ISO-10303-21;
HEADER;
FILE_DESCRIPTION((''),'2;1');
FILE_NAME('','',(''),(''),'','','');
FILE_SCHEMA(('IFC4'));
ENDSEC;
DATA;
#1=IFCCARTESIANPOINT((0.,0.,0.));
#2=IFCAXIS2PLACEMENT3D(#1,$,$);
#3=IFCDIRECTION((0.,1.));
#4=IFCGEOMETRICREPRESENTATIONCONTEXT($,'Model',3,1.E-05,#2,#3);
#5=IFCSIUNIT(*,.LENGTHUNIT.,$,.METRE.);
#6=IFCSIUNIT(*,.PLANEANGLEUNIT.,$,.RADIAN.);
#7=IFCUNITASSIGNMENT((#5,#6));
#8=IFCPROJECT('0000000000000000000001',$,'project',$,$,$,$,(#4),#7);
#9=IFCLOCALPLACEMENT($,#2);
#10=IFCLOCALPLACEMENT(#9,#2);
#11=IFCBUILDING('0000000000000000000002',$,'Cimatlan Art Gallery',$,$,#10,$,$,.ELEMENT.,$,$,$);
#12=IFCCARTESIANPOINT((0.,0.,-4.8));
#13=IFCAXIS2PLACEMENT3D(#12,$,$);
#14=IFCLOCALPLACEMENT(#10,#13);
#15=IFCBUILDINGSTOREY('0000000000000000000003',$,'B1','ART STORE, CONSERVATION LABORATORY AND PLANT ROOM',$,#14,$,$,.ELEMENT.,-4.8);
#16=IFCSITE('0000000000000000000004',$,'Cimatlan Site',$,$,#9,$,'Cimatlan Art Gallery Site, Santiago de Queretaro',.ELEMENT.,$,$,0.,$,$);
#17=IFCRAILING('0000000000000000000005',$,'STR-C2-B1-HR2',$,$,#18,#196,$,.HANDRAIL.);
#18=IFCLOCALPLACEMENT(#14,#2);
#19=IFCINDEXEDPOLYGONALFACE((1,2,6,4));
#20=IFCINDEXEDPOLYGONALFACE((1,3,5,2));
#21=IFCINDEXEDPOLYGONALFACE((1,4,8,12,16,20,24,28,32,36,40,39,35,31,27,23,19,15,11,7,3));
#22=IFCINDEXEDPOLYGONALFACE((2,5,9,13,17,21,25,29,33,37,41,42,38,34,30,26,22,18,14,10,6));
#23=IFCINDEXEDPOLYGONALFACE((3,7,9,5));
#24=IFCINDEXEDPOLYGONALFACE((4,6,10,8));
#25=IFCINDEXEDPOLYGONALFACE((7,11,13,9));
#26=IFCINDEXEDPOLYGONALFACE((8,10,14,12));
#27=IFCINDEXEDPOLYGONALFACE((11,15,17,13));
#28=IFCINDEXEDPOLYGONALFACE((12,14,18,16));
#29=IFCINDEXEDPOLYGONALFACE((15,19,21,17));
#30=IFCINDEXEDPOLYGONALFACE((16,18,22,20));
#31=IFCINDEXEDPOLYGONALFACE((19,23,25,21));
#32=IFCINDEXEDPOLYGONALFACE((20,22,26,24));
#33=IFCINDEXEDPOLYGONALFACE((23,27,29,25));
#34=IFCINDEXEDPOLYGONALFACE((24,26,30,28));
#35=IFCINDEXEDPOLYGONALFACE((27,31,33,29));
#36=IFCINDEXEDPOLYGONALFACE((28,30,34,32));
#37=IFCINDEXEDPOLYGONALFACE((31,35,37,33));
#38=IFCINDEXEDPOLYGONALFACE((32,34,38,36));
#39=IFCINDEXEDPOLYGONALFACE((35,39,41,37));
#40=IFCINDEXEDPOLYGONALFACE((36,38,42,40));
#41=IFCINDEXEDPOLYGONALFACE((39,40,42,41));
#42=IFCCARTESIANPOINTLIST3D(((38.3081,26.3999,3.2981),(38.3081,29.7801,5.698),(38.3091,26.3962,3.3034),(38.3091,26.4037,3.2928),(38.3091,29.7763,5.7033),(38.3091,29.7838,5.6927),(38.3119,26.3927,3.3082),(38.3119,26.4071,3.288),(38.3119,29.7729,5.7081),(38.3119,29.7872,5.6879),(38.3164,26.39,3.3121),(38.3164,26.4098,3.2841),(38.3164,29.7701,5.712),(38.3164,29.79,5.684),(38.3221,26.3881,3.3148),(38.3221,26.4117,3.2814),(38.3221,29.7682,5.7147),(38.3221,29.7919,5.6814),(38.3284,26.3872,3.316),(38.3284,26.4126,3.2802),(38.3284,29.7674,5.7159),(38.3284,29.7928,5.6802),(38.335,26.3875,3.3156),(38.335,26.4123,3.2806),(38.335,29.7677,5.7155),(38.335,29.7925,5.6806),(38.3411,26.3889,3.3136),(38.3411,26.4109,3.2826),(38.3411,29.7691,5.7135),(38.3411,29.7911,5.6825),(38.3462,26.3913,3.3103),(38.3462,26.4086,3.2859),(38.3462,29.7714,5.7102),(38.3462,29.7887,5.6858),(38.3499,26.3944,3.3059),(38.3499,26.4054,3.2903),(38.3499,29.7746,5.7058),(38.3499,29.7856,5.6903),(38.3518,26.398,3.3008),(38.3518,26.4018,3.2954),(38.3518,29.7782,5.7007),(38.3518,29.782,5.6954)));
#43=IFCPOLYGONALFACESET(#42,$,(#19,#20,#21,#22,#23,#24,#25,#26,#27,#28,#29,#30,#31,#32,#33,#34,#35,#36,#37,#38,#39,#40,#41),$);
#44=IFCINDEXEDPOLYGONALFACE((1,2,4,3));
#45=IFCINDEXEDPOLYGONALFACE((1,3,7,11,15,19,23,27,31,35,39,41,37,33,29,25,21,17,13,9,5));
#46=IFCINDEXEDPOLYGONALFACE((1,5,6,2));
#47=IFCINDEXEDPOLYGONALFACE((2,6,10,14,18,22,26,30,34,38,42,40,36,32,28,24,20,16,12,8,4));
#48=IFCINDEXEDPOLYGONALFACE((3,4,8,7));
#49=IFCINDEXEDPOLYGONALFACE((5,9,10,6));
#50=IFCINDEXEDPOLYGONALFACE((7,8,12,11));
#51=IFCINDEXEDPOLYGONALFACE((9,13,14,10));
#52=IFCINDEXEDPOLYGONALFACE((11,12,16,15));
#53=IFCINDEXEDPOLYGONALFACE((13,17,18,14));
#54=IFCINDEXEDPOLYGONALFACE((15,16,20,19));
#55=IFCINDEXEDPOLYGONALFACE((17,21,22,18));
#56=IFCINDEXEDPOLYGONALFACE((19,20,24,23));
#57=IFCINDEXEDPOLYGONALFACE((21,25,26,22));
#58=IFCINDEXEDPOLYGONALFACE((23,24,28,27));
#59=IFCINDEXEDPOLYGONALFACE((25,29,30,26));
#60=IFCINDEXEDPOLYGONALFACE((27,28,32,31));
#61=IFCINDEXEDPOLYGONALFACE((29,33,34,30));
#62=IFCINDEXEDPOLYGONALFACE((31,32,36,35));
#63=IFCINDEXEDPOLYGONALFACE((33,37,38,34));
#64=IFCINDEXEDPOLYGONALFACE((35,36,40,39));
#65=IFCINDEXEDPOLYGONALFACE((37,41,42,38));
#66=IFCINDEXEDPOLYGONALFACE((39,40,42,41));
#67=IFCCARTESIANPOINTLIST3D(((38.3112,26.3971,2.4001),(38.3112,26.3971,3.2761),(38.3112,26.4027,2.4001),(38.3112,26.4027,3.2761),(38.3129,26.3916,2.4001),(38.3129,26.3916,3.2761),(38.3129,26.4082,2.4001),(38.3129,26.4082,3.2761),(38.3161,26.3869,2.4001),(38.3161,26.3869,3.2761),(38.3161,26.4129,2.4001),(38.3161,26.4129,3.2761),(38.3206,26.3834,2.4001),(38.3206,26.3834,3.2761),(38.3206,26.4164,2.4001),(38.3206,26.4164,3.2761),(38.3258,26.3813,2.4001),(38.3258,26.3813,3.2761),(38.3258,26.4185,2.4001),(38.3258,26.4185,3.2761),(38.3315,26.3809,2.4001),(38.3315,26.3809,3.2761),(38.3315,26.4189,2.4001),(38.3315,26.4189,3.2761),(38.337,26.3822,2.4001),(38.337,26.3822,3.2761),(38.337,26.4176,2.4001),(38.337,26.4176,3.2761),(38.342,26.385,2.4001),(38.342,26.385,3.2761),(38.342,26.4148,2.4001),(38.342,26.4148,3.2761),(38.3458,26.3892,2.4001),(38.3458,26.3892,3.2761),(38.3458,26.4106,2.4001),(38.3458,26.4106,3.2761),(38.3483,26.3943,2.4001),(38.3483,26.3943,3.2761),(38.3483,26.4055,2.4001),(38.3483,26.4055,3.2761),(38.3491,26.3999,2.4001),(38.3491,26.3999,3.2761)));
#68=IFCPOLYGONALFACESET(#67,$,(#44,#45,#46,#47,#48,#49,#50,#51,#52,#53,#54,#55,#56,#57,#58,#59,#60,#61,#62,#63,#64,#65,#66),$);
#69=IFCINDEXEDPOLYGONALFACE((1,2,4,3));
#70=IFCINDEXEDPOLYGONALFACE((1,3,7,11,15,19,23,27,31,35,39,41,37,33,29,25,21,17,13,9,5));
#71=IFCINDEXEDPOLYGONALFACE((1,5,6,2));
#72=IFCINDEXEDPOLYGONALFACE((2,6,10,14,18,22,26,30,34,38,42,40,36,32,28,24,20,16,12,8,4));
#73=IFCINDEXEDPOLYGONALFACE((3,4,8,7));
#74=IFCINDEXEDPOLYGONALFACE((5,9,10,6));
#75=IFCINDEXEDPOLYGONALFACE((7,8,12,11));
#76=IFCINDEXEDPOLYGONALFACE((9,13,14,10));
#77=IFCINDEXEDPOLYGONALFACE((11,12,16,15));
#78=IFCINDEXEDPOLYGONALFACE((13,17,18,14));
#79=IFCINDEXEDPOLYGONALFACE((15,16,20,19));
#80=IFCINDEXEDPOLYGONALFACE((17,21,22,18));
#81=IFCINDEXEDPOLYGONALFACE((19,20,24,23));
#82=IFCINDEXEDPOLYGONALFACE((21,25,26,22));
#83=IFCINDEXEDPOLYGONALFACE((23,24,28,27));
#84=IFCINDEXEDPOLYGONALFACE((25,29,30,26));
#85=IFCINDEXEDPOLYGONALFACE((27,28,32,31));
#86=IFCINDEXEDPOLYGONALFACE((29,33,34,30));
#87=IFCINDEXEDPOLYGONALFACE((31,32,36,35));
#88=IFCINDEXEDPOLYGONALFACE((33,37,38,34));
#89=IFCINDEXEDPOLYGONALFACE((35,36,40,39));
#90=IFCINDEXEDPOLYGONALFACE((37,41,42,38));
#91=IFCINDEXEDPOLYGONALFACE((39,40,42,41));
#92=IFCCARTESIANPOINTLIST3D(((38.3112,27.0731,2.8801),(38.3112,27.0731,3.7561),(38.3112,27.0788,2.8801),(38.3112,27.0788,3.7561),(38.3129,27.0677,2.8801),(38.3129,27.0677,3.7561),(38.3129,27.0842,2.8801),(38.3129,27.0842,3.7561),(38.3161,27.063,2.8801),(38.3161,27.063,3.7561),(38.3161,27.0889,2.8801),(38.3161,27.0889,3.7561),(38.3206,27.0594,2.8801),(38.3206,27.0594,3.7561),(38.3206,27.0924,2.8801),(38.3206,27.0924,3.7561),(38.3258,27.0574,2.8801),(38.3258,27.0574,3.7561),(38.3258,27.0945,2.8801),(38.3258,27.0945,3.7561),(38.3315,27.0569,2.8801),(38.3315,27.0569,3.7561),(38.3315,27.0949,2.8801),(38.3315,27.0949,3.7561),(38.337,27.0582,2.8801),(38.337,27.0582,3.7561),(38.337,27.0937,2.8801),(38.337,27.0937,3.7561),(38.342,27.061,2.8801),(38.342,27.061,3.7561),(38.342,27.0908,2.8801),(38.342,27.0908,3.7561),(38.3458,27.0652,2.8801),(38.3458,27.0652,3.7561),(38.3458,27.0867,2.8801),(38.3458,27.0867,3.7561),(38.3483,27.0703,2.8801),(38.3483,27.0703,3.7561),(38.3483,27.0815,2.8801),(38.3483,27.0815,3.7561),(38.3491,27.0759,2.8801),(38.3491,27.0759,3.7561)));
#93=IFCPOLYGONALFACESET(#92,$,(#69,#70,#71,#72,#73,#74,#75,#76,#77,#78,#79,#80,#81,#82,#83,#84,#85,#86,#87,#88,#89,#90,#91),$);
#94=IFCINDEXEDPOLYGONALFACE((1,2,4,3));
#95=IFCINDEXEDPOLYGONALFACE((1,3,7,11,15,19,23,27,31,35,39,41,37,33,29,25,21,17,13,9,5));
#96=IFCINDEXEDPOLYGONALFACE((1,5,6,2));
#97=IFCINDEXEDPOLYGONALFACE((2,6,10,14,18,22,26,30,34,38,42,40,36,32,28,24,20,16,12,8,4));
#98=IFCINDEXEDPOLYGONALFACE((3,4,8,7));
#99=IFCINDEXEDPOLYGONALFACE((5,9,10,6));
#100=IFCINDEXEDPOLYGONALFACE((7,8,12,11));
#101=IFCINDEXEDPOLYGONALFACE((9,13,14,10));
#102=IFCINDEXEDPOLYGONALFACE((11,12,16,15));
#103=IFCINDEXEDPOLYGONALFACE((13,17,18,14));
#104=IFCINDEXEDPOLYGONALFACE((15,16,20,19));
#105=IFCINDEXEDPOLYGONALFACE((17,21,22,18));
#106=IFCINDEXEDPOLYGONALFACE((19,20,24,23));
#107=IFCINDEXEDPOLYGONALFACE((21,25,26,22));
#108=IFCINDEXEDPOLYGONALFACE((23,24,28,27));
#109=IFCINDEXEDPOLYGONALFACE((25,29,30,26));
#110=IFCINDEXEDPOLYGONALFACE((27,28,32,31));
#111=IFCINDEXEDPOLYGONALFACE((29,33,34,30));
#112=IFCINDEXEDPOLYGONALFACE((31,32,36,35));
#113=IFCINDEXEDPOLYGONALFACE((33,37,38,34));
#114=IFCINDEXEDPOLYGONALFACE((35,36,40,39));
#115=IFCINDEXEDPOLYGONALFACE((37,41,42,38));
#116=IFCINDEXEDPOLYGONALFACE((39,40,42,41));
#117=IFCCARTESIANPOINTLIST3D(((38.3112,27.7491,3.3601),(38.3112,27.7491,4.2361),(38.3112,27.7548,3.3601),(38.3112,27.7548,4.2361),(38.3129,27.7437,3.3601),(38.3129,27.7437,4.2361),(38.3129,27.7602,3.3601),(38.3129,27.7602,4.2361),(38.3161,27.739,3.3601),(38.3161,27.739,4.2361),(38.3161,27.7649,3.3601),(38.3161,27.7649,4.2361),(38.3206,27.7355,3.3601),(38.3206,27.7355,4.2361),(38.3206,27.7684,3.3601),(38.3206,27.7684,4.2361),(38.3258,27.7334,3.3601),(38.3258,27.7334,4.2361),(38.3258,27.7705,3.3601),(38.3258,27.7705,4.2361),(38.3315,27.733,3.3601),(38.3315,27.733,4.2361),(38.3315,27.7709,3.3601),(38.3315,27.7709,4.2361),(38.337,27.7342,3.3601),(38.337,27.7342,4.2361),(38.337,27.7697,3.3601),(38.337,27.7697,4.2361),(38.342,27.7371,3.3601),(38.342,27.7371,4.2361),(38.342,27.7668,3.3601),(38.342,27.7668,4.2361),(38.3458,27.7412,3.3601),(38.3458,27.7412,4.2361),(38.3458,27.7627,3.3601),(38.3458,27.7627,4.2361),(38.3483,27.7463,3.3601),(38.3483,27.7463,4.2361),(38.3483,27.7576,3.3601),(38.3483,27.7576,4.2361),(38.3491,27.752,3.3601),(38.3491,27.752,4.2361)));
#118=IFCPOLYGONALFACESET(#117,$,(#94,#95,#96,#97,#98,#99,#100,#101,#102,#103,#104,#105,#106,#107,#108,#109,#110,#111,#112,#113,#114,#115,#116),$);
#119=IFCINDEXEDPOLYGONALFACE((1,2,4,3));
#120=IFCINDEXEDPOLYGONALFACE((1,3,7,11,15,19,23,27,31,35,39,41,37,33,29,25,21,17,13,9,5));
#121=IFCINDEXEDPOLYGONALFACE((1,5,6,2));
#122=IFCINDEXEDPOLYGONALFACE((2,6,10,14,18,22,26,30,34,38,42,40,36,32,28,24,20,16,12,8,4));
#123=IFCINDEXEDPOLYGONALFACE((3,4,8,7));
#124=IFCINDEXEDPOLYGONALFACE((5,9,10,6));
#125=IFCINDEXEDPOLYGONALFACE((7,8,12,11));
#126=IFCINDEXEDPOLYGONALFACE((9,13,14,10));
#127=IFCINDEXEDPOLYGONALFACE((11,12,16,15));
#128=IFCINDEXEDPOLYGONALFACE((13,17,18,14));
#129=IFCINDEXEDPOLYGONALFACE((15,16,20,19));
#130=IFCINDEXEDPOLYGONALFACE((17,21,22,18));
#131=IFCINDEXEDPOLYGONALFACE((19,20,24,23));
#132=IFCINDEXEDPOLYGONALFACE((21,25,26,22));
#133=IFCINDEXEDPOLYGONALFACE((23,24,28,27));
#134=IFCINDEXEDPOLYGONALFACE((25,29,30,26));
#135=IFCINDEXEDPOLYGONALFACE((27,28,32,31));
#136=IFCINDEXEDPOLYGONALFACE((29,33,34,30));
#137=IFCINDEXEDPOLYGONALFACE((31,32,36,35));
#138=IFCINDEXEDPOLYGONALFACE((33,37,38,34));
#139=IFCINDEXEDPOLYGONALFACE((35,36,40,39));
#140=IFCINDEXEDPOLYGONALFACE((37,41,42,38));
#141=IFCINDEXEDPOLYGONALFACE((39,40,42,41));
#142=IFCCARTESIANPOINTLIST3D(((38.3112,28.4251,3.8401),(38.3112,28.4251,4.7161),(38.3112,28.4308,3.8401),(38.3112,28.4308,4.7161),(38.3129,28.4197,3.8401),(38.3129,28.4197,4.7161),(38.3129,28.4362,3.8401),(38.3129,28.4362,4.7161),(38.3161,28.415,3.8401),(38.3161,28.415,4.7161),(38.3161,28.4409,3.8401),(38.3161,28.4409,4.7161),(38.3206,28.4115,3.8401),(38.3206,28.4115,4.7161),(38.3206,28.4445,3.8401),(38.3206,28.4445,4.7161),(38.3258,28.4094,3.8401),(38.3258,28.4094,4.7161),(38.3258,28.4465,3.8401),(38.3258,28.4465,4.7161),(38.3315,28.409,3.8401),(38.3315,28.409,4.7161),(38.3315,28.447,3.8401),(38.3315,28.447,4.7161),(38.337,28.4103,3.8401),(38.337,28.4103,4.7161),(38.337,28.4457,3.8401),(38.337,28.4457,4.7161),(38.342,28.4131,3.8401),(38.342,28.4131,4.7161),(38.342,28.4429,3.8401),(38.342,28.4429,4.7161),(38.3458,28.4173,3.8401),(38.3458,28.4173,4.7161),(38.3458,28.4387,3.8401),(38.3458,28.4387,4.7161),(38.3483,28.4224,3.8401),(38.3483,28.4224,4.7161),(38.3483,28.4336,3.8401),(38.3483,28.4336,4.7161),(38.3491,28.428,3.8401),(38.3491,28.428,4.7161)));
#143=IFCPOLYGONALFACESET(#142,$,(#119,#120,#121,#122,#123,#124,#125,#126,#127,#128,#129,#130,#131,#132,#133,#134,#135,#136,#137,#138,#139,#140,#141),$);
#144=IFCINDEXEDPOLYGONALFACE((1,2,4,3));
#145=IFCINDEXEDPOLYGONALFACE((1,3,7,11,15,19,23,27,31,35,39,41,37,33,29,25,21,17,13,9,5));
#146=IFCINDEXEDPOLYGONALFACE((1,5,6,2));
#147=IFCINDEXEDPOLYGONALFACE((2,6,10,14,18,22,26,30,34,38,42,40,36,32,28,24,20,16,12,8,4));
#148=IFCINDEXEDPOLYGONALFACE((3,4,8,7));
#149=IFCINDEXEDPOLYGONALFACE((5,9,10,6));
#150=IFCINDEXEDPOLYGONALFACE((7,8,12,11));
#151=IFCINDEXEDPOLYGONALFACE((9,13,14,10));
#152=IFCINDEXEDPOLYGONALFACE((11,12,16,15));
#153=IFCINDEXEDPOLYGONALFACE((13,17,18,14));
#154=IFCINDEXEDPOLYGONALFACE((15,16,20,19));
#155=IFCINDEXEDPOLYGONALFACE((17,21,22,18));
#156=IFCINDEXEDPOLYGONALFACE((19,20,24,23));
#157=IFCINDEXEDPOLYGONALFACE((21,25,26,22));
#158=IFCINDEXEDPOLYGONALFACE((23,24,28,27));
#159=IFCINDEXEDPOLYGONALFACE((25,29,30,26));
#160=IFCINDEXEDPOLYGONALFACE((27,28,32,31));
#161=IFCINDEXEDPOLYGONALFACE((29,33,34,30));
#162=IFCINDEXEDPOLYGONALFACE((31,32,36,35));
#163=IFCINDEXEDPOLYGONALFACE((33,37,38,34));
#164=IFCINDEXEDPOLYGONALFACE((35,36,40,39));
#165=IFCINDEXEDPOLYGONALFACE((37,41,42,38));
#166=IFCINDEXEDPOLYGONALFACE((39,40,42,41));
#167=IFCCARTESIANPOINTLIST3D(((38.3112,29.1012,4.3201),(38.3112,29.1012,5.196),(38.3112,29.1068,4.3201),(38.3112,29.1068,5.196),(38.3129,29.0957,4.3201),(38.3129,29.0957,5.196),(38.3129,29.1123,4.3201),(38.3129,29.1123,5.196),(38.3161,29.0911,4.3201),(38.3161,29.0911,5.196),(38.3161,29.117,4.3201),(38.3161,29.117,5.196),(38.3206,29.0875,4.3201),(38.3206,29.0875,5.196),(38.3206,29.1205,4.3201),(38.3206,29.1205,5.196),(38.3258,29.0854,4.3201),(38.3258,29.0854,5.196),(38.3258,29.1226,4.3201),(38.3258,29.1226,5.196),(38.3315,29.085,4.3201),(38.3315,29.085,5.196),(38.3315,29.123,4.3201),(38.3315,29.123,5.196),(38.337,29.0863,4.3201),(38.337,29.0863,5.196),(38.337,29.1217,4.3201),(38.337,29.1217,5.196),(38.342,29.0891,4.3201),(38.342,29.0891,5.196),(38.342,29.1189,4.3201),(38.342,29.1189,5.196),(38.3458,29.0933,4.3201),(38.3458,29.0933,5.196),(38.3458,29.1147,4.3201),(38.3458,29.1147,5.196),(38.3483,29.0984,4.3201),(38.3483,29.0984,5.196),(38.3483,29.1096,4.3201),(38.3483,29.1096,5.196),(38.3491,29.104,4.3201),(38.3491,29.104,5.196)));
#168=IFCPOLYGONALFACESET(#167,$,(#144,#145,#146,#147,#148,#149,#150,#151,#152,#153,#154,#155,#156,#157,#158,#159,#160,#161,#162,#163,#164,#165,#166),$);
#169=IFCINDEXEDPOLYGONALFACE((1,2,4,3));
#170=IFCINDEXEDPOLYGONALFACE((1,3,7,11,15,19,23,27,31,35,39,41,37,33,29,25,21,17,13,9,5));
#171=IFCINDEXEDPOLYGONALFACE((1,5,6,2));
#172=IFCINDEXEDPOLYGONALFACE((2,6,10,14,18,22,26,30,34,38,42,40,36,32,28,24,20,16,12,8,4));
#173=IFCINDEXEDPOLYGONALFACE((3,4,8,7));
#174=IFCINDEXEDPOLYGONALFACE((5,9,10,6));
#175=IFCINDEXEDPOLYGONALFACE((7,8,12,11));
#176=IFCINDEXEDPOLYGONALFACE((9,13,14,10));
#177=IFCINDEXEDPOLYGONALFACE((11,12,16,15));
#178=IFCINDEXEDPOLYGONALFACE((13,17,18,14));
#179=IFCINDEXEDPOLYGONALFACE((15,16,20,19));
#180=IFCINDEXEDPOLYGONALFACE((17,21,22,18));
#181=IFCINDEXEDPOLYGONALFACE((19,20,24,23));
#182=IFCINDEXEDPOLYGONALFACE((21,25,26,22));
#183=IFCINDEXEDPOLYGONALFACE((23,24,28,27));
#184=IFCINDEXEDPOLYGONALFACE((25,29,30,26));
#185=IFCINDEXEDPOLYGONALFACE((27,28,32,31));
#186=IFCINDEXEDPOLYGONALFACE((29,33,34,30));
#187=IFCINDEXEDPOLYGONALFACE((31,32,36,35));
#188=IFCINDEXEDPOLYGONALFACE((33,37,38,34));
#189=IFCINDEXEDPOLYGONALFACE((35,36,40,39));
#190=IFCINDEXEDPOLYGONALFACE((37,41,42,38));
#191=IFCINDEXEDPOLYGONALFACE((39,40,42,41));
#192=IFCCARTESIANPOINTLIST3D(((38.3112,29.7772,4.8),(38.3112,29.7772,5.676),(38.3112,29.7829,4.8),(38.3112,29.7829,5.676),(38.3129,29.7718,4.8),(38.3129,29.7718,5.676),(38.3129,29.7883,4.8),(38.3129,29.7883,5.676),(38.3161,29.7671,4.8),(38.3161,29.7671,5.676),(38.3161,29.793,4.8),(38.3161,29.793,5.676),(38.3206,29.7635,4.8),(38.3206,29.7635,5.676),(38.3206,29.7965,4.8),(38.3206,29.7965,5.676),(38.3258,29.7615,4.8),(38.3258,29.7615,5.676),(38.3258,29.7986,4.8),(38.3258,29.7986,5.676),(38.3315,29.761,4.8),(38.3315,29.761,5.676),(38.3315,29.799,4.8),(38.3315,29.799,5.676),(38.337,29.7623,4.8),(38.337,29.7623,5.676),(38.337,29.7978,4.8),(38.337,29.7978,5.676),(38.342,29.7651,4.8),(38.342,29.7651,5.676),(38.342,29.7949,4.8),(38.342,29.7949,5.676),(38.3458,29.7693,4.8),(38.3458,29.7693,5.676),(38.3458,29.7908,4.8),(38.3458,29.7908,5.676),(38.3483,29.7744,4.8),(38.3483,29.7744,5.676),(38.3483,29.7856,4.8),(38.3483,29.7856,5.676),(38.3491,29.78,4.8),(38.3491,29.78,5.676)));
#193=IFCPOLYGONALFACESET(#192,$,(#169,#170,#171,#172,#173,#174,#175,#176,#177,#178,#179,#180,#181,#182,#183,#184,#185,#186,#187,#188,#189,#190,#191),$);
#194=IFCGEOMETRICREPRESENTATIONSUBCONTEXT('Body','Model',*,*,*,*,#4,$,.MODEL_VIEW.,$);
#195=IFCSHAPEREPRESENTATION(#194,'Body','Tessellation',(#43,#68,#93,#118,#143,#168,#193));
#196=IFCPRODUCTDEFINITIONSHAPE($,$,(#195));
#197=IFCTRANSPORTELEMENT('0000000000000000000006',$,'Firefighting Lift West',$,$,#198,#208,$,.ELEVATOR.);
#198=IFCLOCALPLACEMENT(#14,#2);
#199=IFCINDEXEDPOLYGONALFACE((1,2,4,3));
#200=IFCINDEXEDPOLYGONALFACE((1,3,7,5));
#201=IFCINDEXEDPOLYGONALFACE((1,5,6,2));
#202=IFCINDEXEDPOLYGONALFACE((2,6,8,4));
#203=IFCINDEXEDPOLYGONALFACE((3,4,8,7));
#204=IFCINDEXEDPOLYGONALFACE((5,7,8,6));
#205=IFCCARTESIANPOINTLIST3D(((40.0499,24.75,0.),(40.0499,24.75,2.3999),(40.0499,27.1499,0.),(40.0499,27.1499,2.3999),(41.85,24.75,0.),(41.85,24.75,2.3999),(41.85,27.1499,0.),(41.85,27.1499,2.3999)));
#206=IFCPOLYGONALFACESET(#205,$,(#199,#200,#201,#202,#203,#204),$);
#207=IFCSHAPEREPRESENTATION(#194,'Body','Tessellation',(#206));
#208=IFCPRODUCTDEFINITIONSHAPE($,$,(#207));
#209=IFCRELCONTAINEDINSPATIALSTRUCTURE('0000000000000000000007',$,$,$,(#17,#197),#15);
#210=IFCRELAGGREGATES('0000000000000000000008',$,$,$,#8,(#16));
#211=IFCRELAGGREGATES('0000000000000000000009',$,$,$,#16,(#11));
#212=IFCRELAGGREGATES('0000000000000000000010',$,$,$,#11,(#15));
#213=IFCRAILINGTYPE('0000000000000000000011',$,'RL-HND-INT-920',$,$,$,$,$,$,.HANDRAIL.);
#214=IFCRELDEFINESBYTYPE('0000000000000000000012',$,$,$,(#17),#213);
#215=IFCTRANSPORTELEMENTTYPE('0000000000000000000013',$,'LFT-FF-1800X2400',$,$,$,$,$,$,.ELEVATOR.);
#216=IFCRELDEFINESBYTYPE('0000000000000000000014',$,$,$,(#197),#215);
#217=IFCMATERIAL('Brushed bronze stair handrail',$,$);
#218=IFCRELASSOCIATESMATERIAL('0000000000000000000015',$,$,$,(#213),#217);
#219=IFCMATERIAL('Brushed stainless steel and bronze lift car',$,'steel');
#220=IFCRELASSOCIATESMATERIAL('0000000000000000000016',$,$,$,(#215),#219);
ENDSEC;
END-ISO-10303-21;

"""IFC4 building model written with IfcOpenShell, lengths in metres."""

from ifc_helpers import new_model, si_unit, direction, frame, origin, origin_2d, place, context, subcontext, project, spatial, rectangle, circle, extrude, material, type_object, element, save


model = new_model("IFC4")

# Units and contexts
model_context = context("Model", 3, precision=1e-05, world=origin(), true_north=direction((0.0, 1.0)))
body_context = subcontext(model_context, "Body", "Model", "MODEL_VIEW")
ifc_project = project(units=[si_unit("LENGTHUNIT", "METRE"), si_unit("PLANEANGLEUNIT", "RADIAN")], contexts=[model_context])

# Site, building, storey
site_placement = place(None, origin())
site = spatial("IfcSite", under=ifc_project, at=site_placement, Name="Cimatlan Site", LongName="Cimatlan Art Gallery Site, Santiago de Queretaro", CompositionType="ELEMENT", RefElevation=0.0)
building_placement = place(site_placement, origin())
building = spatial("IfcBuilding", under=site, at=building_placement, Name="Cimatlan Art Gallery", CompositionType="ELEMENT")
storey_placement = place(building_placement, frame((0.0, 0.0, -4.8)))
storey = spatial("IfcBuildingStorey", under=building, at=storey_placement, Name="B1", Description="ART STORE, CONSERVATION LABORATORY AND PLANT ROOM", CompositionType="ELEMENT", Elevation=-4.8)

# Railing
ifc_material_1 = material(Name="Brushed bronze stair handrail")
railing_type_1 = type_object("IfcRailingType", Name="RL-HND-INT-920", PredefinedType="HANDRAIL", material=ifc_material_1)
railing_1_placement = place(storey_placement, frame((38.3301, 26.3999, 2.4001)))
element("IfcRailing", 1, at=railing_1_placement, inside=storey, type_object=railing_type_1, Name="STR-C2-B1-HR2", PredefinedType="HANDRAIL", context=body_context, shape_type="SweptSolid", body=[
    extrude(circle(Radius=0.022, at=origin_2d()), frame((0.0, 0.0, 0.8979), z_axis=(0.0, 0.815382, 0.578924), x_axis=(-1.0, 0.0, 0.0)), (0.0, 0.0, 1.0), 4.1455),
    extrude(circle(Radius=0.019, at=origin_2d()), origin(), (0.0, 0.0, 1.0), 0.876),
    extrude(circle(Radius=0.019, at=origin_2d()), frame((0.0, 0.676, 0.48)), (0.0, 0.0, 1.0), 0.876),
    extrude(circle(Radius=0.019, at=origin_2d()), frame((0.0, 1.3521, 0.96)), (0.0, 0.0, 1.0), 0.876),
    extrude(circle(Radius=0.019, at=origin_2d()), frame((0.0, 2.0281, 1.4399)), (0.0, 0.0, 1.0), 0.876),
    extrude(circle(Radius=0.019, at=origin_2d()), frame((0.0, 2.7041, 1.9199)), (0.0, 0.0, 1.0), 0.876),
    extrude(circle(Radius=0.019, at=origin_2d()), frame((0.0, 3.3801, 2.3999)), (0.0, 0.0, 1.0), 0.876),
])

# Transport element
ifc_material_2 = material(Name="Brushed stainless steel and bronze lift car", Category="steel")
transport_element_type = type_object("IfcTransportElementType", Name="LFT-FF-1800X2400", PredefinedType="ELEVATOR", material=ifc_material_2)
transport_element_placement = place(storey_placement, frame((40.95, 25.95, 0.0), z_axis=(0.0, 0.0, 1.0), x_axis=(1.0, 0.0, 0.0)))
element("IfcTransportElement", 2, at=transport_element_placement, inside=storey, type_object=transport_element_type, Name="Firefighting Lift West", PredefinedType="ELEVATOR", context=body_context, shape_type="SweptSolid", body=[
    extrude(rectangle(XDim=1.8, YDim=2.3999, at=origin_2d()), origin(), (0.0, 0.0, 1.0), 2.3999),
])

save(model, "model.ifc")
